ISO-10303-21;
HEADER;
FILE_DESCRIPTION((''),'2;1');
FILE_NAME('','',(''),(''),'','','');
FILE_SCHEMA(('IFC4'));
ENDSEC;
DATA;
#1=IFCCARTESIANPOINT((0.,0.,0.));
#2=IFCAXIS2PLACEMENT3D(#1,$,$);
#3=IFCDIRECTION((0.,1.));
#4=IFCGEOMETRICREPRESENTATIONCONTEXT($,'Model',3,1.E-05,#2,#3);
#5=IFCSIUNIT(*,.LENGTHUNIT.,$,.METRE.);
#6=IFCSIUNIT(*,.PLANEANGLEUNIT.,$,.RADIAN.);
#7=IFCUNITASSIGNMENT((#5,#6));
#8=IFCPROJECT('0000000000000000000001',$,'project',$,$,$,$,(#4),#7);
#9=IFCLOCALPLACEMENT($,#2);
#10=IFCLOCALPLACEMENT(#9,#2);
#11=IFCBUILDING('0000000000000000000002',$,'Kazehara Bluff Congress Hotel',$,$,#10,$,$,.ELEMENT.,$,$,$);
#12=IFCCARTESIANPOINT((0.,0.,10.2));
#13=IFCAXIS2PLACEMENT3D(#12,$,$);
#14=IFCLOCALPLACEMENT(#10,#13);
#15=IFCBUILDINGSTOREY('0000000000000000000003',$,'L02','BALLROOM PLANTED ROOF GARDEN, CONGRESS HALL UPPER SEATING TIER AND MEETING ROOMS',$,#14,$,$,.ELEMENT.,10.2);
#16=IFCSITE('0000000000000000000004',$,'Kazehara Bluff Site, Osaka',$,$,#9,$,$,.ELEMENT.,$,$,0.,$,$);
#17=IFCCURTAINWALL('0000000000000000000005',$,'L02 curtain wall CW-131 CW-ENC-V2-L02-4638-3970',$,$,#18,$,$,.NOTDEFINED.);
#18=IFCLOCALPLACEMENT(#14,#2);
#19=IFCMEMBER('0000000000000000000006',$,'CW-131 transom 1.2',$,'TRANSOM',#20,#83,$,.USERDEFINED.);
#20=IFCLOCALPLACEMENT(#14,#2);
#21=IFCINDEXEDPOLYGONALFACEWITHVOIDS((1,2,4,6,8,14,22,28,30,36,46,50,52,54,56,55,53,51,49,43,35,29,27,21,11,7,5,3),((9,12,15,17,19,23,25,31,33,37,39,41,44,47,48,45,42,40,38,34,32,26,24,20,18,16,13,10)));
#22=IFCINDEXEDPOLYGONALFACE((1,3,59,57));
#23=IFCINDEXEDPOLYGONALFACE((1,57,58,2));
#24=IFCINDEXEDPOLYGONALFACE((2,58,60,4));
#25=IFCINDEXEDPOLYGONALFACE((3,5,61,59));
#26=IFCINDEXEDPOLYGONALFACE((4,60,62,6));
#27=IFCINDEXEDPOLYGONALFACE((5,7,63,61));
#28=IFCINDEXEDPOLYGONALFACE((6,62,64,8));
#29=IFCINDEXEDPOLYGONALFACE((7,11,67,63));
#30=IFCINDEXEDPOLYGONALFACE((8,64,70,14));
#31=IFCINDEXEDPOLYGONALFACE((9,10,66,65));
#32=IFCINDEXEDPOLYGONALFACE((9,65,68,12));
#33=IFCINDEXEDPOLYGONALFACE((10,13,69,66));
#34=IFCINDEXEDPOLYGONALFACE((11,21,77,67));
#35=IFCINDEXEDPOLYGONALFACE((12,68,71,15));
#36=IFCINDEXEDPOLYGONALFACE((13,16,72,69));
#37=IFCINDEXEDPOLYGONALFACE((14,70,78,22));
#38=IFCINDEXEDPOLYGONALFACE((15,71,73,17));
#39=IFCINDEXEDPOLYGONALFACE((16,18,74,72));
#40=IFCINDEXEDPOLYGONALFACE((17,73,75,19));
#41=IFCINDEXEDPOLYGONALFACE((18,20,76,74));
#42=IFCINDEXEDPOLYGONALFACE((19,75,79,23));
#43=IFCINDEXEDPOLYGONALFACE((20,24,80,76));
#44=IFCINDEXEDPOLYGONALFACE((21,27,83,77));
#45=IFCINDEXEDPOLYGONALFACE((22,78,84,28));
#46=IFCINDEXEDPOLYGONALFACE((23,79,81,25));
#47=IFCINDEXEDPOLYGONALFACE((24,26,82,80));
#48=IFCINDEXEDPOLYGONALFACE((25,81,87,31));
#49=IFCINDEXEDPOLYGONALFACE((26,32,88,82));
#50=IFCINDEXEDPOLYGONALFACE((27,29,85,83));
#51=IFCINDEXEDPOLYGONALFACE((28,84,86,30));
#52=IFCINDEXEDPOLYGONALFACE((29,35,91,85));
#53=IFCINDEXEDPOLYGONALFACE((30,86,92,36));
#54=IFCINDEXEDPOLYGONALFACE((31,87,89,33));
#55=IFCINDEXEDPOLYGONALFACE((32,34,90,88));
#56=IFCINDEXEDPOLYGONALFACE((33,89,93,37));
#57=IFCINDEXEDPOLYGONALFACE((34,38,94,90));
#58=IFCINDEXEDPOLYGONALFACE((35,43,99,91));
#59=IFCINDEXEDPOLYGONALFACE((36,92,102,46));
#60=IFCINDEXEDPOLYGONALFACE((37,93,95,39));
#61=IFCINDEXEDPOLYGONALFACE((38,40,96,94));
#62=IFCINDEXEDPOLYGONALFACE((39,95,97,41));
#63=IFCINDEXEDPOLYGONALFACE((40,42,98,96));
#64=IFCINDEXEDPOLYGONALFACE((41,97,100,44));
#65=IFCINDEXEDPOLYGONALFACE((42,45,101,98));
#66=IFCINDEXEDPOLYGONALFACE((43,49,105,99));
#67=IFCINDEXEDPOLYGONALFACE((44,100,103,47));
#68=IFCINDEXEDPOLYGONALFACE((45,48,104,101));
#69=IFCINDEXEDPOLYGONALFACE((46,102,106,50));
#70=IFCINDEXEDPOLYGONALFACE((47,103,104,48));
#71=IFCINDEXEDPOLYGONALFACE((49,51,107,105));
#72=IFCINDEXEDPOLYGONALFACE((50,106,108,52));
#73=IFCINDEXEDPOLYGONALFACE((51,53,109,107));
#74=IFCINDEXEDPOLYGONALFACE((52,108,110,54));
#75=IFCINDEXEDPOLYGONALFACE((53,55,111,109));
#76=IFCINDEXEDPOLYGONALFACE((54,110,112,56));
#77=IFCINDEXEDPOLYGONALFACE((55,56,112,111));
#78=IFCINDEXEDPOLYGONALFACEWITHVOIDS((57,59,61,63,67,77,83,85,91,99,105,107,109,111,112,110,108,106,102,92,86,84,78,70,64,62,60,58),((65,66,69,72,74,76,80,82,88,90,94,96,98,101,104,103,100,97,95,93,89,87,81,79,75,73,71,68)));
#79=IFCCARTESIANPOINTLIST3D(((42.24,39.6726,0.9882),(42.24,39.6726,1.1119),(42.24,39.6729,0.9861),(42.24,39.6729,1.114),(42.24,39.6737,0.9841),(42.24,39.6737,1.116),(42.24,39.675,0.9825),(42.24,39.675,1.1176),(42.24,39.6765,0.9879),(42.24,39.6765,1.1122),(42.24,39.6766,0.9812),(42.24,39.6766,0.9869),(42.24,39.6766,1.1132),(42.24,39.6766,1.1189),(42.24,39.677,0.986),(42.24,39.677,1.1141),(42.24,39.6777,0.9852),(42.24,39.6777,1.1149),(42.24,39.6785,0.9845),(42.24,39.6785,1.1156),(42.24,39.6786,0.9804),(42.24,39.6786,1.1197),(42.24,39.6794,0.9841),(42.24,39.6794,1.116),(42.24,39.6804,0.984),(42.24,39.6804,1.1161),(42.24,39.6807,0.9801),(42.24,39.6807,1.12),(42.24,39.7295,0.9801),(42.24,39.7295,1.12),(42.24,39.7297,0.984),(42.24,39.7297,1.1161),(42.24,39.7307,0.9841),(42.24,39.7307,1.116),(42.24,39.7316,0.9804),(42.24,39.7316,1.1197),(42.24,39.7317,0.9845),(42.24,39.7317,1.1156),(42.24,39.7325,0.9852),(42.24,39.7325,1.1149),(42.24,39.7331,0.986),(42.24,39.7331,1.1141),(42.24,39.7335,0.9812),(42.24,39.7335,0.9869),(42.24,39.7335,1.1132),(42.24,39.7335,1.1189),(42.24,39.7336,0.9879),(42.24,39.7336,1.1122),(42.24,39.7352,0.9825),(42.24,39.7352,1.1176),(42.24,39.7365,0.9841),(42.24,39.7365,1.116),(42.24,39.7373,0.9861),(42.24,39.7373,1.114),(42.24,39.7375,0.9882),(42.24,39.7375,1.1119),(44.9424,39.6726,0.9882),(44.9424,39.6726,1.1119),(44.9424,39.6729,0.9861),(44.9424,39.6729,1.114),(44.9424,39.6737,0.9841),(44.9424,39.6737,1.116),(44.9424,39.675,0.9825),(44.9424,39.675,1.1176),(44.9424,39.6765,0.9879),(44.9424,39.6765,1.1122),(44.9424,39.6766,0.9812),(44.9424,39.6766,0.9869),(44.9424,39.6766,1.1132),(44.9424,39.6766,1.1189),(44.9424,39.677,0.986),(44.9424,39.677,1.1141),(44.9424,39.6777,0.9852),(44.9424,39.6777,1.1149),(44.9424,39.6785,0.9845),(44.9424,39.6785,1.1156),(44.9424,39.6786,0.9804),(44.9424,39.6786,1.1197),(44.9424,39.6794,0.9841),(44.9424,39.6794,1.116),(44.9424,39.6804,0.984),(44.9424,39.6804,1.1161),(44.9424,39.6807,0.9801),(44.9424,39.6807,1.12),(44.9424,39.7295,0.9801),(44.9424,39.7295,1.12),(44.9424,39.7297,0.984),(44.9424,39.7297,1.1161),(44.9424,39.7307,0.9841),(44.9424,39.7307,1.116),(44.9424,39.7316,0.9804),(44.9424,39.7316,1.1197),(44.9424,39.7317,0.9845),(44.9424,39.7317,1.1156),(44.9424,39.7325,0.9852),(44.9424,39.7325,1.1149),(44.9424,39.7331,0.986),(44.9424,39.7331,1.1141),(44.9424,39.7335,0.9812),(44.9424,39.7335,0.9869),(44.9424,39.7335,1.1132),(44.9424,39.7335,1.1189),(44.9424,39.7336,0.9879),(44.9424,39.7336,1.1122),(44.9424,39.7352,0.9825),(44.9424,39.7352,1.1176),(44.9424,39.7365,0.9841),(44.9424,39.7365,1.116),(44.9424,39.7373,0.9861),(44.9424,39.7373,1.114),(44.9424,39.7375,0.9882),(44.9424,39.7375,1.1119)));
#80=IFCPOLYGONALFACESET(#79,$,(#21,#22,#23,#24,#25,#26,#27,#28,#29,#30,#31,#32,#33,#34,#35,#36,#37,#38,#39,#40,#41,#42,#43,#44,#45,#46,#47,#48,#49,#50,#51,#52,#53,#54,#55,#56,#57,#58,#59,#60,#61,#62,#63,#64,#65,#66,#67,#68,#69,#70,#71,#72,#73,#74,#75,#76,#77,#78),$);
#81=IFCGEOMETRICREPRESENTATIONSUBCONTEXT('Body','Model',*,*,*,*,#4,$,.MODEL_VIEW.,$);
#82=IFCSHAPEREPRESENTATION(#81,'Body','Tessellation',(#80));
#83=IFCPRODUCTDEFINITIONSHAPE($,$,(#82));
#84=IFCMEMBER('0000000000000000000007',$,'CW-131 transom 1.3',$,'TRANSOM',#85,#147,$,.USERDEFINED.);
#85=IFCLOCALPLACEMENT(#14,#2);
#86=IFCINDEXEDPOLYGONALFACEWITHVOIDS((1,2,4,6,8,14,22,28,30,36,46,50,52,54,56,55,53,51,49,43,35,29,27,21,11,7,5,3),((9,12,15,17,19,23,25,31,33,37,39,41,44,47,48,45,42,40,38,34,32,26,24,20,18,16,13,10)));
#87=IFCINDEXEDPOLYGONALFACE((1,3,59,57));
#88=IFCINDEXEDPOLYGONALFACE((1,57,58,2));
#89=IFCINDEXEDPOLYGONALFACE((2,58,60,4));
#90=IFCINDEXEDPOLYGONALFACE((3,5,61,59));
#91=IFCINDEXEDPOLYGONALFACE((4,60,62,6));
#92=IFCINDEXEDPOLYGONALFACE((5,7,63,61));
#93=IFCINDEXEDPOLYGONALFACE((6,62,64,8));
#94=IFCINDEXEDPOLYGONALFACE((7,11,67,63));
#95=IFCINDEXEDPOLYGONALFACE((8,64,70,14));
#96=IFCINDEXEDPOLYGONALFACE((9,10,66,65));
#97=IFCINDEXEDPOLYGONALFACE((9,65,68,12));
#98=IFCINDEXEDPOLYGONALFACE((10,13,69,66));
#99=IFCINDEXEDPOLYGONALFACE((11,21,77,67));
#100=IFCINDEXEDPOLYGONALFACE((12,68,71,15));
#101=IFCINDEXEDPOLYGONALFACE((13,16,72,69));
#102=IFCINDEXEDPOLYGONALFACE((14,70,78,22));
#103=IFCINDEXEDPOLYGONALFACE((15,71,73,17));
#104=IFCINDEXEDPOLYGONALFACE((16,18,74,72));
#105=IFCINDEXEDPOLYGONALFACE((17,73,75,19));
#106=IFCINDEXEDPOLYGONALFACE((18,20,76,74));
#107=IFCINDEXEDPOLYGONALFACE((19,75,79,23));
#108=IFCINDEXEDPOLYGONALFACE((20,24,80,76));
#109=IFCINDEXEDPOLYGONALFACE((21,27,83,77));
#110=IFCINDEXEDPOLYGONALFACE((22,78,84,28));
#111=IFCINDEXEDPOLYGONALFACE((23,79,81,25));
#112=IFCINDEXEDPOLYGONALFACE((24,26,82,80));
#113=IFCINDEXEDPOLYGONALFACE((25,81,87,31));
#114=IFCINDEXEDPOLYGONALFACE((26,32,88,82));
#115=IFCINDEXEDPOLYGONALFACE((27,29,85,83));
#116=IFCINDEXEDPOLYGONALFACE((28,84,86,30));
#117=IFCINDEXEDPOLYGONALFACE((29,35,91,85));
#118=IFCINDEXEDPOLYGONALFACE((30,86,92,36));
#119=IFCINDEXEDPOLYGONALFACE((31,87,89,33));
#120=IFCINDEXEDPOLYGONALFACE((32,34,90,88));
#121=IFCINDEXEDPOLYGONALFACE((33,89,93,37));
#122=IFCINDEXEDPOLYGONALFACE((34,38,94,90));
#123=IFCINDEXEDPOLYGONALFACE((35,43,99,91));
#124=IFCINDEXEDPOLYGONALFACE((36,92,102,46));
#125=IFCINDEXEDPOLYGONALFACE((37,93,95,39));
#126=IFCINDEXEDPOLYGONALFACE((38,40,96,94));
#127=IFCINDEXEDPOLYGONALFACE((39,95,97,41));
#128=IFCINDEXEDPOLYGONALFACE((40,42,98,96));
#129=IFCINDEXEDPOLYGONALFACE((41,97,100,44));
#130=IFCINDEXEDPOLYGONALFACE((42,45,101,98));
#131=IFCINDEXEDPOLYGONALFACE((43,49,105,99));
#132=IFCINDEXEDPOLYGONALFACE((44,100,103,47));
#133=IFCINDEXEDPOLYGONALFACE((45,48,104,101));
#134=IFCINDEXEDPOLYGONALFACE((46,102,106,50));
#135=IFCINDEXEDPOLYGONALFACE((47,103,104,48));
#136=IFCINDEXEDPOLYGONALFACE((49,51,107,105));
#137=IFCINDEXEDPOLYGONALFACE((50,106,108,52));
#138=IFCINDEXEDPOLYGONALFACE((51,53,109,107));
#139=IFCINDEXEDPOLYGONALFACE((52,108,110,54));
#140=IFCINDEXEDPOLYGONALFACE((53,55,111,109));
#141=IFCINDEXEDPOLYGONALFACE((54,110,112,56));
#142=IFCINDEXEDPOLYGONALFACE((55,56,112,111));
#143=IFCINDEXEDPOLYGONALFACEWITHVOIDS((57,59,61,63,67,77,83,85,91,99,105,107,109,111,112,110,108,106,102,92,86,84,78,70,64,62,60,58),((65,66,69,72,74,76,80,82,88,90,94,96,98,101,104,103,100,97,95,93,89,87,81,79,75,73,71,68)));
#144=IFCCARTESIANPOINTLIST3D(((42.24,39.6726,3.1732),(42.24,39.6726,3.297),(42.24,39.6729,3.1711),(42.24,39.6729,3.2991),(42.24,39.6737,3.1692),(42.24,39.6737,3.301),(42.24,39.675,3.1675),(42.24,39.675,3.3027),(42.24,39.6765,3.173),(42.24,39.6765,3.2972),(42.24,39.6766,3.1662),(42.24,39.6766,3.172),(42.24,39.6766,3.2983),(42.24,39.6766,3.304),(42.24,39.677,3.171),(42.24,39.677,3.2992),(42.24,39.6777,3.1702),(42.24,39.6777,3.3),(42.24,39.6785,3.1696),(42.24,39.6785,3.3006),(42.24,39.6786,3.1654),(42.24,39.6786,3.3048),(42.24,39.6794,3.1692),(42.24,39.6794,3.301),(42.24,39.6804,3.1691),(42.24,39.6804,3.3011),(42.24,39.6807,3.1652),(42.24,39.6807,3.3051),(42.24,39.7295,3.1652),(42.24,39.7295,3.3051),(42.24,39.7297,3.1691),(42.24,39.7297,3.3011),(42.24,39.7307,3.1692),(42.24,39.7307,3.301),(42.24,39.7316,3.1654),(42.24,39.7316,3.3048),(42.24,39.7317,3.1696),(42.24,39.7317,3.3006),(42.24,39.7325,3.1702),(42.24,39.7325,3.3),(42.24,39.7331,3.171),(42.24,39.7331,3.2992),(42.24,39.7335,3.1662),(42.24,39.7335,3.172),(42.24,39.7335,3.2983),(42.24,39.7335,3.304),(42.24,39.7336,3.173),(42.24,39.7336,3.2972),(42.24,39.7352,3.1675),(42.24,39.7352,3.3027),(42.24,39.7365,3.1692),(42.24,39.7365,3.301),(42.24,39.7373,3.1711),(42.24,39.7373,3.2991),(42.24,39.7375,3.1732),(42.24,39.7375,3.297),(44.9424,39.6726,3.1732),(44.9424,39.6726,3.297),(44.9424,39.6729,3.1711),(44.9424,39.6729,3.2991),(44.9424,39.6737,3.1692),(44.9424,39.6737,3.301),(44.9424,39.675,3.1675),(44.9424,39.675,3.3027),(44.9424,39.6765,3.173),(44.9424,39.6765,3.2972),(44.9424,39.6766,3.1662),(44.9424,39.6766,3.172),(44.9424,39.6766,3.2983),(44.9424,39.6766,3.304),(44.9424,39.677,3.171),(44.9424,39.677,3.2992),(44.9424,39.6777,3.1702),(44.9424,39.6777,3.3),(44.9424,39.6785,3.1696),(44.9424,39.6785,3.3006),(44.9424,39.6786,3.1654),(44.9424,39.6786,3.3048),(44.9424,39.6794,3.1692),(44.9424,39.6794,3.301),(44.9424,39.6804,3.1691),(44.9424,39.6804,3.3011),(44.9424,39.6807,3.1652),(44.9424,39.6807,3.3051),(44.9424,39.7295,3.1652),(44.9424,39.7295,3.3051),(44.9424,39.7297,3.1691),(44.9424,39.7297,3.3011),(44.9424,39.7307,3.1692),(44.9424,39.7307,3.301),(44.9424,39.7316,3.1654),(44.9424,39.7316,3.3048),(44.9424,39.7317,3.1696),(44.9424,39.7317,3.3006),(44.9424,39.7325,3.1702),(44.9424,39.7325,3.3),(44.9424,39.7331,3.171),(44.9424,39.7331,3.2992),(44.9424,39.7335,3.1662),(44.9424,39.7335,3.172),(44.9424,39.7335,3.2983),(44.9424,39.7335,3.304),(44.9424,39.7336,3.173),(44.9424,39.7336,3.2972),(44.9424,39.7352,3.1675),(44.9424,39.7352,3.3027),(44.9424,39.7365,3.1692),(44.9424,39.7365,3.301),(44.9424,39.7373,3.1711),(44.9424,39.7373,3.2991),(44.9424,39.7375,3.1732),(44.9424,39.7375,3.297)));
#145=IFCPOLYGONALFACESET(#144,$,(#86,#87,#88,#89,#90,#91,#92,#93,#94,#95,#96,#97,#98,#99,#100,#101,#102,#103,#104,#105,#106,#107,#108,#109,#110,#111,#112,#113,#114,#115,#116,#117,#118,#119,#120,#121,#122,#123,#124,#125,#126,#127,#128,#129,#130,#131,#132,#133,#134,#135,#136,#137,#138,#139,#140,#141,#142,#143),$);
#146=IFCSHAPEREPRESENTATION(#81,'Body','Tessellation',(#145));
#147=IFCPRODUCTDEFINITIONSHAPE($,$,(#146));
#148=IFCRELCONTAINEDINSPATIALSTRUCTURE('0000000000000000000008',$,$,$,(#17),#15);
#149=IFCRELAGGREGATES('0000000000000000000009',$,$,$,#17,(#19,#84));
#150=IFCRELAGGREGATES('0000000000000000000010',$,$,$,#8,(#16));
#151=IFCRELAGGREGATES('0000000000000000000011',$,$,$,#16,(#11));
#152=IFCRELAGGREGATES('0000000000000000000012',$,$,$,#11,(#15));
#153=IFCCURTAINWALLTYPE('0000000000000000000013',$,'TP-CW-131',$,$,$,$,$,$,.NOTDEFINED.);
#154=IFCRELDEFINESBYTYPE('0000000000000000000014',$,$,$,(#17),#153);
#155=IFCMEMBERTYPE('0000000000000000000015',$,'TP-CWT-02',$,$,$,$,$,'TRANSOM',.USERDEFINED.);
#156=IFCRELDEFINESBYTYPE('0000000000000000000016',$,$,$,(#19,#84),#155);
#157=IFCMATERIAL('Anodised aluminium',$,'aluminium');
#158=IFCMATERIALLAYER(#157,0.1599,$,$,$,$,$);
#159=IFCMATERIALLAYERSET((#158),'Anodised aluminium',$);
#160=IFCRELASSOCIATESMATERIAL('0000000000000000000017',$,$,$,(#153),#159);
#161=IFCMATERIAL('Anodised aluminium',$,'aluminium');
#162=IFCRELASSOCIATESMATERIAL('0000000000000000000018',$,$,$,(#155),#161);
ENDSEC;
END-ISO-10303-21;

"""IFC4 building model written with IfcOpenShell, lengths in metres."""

from ifc_helpers import new_model, si_unit, direction, frame, origin, origin_2d, place, context, subcontext, project, spatial, hollow_rectangle, extrude, material, layer, layer_set, material_profile, profile_set, type_object, element, aggregate, save


model = new_model("IFC4")

# Units and contexts
model_context = context("Model", 3, precision=1e-05, world=origin(), true_north=direction((0.0, 1.0)))
body_context = subcontext(model_context, "Body", "Model", "MODEL_VIEW")
ifc_project = project(units=[si_unit("LENGTHUNIT", "METRE"), si_unit("PLANEANGLEUNIT", "RADIAN")], contexts=[model_context])

# Site, building, storey
site_placement = place(None, origin())
site = spatial("IfcSite", under=ifc_project, at=site_placement, Name="Kazehara Bluff Site, Osaka", CompositionType="ELEMENT", RefElevation=0.0)
building_placement = place(site_placement, origin())
building = spatial("IfcBuilding", under=site, at=building_placement, Name="Kazehara Bluff Congress Hotel", CompositionType="ELEMENT")
storey_placement = place(building_placement, frame((0.0, 0.0, 10.2)))
storey = spatial("IfcBuildingStorey", under=building, at=storey_placement, Name="L02", Description="BALLROOM PLANTED ROOF GARDEN, CONGRESS HALL UPPER SEATING TIER AND MEETING ROOMS", CompositionType="ELEMENT", Elevation=10.2)

# Curtain wall
ifc_material_1 = material(Name="Anodised aluminium", Category="aluminium")
ifc_layer_1 = layer(ifc_material_1, 0.1599)
ifc_layer_set_1 = layer_set([ifc_layer_1], Name="Anodised aluminium")
curtain_wall_type_1 = type_object("IfcCurtainWallType", Name="TP-CW-131", PredefinedType="NOTDEFINED", material=ifc_layer_set_1)
curtain_wall_1_placement = place(storey_placement, origin())
curtain_wall_1 = element("IfcCurtainWall", 1, at=curtain_wall_1_placement, inside=storey, type_object=curtain_wall_type_1, Name="L02 curtain wall CW-131 CW-ENC-V2-L02-4638-3970", PredefinedType="NOTDEFINED")

# Members
ifc_material_2 = material(Name="Anodised aluminium", Category="aluminium")
ifc_material_profile_1 = material_profile(ifc_material_2, hollow_rectangle(XDim=0.0649, YDim=0.1399, WallThickness=0.0039, InnerFilletRadius=0.0039, OuterFilletRadius=0.0081, at=origin_2d()))
ifc_profile_set_1 = profile_set([ifc_material_profile_1], Name="Anodised aluminium")
member_type_1 = type_object("IfcMemberType", Name="TP-CWT-02", ElementType="TRANSOM", PredefinedType="USERDEFINED", material=ifc_profile_set_1)
member_1_placement = place(storey_placement, frame((42.24, 39.7051, 1.05), z_axis=(1.0, 0.0, 0.0), x_axis=(0.0, 1.0, 0.0)))
member_1 = element("IfcMember", 2, at=member_1_placement, type_object=member_type_1, Name="CW-131 transom 1.2", ObjectType="TRANSOM", PredefinedType="USERDEFINED", context=body_context, shape_type="SweptSolid", body=[
    extrude(hollow_rectangle(XDim=0.0649, YDim=0.1399, WallThickness=0.0039, InnerFilletRadius=0.0039, OuterFilletRadius=0.0081, at=origin_2d()), origin(), (0.0, 0.0, 1.0), 2.7024),
])
member_2_placement = place(storey_placement, frame((42.24, 39.7051, 3.2351), z_axis=(1.0, 0.0, 0.0), x_axis=(0.0, 1.0, 0.0)))
member_2 = element("IfcMember", 3, at=member_2_placement, type_object=member_type_1, Name="CW-131 transom 1.3", ObjectType="TRANSOM", PredefinedType="USERDEFINED", context=body_context, shape_type="SweptSolid", body=[
    extrude(hollow_rectangle(XDim=0.0649, YDim=0.1399, WallThickness=0.0039, InnerFilletRadius=0.0039, OuterFilletRadius=0.0081, at=origin_2d()), origin(), (0.0, 0.0, 1.0), 2.7024),
])
aggregate(curtain_wall_1, [member_1, member_2])

save(model, "model.ifc")
